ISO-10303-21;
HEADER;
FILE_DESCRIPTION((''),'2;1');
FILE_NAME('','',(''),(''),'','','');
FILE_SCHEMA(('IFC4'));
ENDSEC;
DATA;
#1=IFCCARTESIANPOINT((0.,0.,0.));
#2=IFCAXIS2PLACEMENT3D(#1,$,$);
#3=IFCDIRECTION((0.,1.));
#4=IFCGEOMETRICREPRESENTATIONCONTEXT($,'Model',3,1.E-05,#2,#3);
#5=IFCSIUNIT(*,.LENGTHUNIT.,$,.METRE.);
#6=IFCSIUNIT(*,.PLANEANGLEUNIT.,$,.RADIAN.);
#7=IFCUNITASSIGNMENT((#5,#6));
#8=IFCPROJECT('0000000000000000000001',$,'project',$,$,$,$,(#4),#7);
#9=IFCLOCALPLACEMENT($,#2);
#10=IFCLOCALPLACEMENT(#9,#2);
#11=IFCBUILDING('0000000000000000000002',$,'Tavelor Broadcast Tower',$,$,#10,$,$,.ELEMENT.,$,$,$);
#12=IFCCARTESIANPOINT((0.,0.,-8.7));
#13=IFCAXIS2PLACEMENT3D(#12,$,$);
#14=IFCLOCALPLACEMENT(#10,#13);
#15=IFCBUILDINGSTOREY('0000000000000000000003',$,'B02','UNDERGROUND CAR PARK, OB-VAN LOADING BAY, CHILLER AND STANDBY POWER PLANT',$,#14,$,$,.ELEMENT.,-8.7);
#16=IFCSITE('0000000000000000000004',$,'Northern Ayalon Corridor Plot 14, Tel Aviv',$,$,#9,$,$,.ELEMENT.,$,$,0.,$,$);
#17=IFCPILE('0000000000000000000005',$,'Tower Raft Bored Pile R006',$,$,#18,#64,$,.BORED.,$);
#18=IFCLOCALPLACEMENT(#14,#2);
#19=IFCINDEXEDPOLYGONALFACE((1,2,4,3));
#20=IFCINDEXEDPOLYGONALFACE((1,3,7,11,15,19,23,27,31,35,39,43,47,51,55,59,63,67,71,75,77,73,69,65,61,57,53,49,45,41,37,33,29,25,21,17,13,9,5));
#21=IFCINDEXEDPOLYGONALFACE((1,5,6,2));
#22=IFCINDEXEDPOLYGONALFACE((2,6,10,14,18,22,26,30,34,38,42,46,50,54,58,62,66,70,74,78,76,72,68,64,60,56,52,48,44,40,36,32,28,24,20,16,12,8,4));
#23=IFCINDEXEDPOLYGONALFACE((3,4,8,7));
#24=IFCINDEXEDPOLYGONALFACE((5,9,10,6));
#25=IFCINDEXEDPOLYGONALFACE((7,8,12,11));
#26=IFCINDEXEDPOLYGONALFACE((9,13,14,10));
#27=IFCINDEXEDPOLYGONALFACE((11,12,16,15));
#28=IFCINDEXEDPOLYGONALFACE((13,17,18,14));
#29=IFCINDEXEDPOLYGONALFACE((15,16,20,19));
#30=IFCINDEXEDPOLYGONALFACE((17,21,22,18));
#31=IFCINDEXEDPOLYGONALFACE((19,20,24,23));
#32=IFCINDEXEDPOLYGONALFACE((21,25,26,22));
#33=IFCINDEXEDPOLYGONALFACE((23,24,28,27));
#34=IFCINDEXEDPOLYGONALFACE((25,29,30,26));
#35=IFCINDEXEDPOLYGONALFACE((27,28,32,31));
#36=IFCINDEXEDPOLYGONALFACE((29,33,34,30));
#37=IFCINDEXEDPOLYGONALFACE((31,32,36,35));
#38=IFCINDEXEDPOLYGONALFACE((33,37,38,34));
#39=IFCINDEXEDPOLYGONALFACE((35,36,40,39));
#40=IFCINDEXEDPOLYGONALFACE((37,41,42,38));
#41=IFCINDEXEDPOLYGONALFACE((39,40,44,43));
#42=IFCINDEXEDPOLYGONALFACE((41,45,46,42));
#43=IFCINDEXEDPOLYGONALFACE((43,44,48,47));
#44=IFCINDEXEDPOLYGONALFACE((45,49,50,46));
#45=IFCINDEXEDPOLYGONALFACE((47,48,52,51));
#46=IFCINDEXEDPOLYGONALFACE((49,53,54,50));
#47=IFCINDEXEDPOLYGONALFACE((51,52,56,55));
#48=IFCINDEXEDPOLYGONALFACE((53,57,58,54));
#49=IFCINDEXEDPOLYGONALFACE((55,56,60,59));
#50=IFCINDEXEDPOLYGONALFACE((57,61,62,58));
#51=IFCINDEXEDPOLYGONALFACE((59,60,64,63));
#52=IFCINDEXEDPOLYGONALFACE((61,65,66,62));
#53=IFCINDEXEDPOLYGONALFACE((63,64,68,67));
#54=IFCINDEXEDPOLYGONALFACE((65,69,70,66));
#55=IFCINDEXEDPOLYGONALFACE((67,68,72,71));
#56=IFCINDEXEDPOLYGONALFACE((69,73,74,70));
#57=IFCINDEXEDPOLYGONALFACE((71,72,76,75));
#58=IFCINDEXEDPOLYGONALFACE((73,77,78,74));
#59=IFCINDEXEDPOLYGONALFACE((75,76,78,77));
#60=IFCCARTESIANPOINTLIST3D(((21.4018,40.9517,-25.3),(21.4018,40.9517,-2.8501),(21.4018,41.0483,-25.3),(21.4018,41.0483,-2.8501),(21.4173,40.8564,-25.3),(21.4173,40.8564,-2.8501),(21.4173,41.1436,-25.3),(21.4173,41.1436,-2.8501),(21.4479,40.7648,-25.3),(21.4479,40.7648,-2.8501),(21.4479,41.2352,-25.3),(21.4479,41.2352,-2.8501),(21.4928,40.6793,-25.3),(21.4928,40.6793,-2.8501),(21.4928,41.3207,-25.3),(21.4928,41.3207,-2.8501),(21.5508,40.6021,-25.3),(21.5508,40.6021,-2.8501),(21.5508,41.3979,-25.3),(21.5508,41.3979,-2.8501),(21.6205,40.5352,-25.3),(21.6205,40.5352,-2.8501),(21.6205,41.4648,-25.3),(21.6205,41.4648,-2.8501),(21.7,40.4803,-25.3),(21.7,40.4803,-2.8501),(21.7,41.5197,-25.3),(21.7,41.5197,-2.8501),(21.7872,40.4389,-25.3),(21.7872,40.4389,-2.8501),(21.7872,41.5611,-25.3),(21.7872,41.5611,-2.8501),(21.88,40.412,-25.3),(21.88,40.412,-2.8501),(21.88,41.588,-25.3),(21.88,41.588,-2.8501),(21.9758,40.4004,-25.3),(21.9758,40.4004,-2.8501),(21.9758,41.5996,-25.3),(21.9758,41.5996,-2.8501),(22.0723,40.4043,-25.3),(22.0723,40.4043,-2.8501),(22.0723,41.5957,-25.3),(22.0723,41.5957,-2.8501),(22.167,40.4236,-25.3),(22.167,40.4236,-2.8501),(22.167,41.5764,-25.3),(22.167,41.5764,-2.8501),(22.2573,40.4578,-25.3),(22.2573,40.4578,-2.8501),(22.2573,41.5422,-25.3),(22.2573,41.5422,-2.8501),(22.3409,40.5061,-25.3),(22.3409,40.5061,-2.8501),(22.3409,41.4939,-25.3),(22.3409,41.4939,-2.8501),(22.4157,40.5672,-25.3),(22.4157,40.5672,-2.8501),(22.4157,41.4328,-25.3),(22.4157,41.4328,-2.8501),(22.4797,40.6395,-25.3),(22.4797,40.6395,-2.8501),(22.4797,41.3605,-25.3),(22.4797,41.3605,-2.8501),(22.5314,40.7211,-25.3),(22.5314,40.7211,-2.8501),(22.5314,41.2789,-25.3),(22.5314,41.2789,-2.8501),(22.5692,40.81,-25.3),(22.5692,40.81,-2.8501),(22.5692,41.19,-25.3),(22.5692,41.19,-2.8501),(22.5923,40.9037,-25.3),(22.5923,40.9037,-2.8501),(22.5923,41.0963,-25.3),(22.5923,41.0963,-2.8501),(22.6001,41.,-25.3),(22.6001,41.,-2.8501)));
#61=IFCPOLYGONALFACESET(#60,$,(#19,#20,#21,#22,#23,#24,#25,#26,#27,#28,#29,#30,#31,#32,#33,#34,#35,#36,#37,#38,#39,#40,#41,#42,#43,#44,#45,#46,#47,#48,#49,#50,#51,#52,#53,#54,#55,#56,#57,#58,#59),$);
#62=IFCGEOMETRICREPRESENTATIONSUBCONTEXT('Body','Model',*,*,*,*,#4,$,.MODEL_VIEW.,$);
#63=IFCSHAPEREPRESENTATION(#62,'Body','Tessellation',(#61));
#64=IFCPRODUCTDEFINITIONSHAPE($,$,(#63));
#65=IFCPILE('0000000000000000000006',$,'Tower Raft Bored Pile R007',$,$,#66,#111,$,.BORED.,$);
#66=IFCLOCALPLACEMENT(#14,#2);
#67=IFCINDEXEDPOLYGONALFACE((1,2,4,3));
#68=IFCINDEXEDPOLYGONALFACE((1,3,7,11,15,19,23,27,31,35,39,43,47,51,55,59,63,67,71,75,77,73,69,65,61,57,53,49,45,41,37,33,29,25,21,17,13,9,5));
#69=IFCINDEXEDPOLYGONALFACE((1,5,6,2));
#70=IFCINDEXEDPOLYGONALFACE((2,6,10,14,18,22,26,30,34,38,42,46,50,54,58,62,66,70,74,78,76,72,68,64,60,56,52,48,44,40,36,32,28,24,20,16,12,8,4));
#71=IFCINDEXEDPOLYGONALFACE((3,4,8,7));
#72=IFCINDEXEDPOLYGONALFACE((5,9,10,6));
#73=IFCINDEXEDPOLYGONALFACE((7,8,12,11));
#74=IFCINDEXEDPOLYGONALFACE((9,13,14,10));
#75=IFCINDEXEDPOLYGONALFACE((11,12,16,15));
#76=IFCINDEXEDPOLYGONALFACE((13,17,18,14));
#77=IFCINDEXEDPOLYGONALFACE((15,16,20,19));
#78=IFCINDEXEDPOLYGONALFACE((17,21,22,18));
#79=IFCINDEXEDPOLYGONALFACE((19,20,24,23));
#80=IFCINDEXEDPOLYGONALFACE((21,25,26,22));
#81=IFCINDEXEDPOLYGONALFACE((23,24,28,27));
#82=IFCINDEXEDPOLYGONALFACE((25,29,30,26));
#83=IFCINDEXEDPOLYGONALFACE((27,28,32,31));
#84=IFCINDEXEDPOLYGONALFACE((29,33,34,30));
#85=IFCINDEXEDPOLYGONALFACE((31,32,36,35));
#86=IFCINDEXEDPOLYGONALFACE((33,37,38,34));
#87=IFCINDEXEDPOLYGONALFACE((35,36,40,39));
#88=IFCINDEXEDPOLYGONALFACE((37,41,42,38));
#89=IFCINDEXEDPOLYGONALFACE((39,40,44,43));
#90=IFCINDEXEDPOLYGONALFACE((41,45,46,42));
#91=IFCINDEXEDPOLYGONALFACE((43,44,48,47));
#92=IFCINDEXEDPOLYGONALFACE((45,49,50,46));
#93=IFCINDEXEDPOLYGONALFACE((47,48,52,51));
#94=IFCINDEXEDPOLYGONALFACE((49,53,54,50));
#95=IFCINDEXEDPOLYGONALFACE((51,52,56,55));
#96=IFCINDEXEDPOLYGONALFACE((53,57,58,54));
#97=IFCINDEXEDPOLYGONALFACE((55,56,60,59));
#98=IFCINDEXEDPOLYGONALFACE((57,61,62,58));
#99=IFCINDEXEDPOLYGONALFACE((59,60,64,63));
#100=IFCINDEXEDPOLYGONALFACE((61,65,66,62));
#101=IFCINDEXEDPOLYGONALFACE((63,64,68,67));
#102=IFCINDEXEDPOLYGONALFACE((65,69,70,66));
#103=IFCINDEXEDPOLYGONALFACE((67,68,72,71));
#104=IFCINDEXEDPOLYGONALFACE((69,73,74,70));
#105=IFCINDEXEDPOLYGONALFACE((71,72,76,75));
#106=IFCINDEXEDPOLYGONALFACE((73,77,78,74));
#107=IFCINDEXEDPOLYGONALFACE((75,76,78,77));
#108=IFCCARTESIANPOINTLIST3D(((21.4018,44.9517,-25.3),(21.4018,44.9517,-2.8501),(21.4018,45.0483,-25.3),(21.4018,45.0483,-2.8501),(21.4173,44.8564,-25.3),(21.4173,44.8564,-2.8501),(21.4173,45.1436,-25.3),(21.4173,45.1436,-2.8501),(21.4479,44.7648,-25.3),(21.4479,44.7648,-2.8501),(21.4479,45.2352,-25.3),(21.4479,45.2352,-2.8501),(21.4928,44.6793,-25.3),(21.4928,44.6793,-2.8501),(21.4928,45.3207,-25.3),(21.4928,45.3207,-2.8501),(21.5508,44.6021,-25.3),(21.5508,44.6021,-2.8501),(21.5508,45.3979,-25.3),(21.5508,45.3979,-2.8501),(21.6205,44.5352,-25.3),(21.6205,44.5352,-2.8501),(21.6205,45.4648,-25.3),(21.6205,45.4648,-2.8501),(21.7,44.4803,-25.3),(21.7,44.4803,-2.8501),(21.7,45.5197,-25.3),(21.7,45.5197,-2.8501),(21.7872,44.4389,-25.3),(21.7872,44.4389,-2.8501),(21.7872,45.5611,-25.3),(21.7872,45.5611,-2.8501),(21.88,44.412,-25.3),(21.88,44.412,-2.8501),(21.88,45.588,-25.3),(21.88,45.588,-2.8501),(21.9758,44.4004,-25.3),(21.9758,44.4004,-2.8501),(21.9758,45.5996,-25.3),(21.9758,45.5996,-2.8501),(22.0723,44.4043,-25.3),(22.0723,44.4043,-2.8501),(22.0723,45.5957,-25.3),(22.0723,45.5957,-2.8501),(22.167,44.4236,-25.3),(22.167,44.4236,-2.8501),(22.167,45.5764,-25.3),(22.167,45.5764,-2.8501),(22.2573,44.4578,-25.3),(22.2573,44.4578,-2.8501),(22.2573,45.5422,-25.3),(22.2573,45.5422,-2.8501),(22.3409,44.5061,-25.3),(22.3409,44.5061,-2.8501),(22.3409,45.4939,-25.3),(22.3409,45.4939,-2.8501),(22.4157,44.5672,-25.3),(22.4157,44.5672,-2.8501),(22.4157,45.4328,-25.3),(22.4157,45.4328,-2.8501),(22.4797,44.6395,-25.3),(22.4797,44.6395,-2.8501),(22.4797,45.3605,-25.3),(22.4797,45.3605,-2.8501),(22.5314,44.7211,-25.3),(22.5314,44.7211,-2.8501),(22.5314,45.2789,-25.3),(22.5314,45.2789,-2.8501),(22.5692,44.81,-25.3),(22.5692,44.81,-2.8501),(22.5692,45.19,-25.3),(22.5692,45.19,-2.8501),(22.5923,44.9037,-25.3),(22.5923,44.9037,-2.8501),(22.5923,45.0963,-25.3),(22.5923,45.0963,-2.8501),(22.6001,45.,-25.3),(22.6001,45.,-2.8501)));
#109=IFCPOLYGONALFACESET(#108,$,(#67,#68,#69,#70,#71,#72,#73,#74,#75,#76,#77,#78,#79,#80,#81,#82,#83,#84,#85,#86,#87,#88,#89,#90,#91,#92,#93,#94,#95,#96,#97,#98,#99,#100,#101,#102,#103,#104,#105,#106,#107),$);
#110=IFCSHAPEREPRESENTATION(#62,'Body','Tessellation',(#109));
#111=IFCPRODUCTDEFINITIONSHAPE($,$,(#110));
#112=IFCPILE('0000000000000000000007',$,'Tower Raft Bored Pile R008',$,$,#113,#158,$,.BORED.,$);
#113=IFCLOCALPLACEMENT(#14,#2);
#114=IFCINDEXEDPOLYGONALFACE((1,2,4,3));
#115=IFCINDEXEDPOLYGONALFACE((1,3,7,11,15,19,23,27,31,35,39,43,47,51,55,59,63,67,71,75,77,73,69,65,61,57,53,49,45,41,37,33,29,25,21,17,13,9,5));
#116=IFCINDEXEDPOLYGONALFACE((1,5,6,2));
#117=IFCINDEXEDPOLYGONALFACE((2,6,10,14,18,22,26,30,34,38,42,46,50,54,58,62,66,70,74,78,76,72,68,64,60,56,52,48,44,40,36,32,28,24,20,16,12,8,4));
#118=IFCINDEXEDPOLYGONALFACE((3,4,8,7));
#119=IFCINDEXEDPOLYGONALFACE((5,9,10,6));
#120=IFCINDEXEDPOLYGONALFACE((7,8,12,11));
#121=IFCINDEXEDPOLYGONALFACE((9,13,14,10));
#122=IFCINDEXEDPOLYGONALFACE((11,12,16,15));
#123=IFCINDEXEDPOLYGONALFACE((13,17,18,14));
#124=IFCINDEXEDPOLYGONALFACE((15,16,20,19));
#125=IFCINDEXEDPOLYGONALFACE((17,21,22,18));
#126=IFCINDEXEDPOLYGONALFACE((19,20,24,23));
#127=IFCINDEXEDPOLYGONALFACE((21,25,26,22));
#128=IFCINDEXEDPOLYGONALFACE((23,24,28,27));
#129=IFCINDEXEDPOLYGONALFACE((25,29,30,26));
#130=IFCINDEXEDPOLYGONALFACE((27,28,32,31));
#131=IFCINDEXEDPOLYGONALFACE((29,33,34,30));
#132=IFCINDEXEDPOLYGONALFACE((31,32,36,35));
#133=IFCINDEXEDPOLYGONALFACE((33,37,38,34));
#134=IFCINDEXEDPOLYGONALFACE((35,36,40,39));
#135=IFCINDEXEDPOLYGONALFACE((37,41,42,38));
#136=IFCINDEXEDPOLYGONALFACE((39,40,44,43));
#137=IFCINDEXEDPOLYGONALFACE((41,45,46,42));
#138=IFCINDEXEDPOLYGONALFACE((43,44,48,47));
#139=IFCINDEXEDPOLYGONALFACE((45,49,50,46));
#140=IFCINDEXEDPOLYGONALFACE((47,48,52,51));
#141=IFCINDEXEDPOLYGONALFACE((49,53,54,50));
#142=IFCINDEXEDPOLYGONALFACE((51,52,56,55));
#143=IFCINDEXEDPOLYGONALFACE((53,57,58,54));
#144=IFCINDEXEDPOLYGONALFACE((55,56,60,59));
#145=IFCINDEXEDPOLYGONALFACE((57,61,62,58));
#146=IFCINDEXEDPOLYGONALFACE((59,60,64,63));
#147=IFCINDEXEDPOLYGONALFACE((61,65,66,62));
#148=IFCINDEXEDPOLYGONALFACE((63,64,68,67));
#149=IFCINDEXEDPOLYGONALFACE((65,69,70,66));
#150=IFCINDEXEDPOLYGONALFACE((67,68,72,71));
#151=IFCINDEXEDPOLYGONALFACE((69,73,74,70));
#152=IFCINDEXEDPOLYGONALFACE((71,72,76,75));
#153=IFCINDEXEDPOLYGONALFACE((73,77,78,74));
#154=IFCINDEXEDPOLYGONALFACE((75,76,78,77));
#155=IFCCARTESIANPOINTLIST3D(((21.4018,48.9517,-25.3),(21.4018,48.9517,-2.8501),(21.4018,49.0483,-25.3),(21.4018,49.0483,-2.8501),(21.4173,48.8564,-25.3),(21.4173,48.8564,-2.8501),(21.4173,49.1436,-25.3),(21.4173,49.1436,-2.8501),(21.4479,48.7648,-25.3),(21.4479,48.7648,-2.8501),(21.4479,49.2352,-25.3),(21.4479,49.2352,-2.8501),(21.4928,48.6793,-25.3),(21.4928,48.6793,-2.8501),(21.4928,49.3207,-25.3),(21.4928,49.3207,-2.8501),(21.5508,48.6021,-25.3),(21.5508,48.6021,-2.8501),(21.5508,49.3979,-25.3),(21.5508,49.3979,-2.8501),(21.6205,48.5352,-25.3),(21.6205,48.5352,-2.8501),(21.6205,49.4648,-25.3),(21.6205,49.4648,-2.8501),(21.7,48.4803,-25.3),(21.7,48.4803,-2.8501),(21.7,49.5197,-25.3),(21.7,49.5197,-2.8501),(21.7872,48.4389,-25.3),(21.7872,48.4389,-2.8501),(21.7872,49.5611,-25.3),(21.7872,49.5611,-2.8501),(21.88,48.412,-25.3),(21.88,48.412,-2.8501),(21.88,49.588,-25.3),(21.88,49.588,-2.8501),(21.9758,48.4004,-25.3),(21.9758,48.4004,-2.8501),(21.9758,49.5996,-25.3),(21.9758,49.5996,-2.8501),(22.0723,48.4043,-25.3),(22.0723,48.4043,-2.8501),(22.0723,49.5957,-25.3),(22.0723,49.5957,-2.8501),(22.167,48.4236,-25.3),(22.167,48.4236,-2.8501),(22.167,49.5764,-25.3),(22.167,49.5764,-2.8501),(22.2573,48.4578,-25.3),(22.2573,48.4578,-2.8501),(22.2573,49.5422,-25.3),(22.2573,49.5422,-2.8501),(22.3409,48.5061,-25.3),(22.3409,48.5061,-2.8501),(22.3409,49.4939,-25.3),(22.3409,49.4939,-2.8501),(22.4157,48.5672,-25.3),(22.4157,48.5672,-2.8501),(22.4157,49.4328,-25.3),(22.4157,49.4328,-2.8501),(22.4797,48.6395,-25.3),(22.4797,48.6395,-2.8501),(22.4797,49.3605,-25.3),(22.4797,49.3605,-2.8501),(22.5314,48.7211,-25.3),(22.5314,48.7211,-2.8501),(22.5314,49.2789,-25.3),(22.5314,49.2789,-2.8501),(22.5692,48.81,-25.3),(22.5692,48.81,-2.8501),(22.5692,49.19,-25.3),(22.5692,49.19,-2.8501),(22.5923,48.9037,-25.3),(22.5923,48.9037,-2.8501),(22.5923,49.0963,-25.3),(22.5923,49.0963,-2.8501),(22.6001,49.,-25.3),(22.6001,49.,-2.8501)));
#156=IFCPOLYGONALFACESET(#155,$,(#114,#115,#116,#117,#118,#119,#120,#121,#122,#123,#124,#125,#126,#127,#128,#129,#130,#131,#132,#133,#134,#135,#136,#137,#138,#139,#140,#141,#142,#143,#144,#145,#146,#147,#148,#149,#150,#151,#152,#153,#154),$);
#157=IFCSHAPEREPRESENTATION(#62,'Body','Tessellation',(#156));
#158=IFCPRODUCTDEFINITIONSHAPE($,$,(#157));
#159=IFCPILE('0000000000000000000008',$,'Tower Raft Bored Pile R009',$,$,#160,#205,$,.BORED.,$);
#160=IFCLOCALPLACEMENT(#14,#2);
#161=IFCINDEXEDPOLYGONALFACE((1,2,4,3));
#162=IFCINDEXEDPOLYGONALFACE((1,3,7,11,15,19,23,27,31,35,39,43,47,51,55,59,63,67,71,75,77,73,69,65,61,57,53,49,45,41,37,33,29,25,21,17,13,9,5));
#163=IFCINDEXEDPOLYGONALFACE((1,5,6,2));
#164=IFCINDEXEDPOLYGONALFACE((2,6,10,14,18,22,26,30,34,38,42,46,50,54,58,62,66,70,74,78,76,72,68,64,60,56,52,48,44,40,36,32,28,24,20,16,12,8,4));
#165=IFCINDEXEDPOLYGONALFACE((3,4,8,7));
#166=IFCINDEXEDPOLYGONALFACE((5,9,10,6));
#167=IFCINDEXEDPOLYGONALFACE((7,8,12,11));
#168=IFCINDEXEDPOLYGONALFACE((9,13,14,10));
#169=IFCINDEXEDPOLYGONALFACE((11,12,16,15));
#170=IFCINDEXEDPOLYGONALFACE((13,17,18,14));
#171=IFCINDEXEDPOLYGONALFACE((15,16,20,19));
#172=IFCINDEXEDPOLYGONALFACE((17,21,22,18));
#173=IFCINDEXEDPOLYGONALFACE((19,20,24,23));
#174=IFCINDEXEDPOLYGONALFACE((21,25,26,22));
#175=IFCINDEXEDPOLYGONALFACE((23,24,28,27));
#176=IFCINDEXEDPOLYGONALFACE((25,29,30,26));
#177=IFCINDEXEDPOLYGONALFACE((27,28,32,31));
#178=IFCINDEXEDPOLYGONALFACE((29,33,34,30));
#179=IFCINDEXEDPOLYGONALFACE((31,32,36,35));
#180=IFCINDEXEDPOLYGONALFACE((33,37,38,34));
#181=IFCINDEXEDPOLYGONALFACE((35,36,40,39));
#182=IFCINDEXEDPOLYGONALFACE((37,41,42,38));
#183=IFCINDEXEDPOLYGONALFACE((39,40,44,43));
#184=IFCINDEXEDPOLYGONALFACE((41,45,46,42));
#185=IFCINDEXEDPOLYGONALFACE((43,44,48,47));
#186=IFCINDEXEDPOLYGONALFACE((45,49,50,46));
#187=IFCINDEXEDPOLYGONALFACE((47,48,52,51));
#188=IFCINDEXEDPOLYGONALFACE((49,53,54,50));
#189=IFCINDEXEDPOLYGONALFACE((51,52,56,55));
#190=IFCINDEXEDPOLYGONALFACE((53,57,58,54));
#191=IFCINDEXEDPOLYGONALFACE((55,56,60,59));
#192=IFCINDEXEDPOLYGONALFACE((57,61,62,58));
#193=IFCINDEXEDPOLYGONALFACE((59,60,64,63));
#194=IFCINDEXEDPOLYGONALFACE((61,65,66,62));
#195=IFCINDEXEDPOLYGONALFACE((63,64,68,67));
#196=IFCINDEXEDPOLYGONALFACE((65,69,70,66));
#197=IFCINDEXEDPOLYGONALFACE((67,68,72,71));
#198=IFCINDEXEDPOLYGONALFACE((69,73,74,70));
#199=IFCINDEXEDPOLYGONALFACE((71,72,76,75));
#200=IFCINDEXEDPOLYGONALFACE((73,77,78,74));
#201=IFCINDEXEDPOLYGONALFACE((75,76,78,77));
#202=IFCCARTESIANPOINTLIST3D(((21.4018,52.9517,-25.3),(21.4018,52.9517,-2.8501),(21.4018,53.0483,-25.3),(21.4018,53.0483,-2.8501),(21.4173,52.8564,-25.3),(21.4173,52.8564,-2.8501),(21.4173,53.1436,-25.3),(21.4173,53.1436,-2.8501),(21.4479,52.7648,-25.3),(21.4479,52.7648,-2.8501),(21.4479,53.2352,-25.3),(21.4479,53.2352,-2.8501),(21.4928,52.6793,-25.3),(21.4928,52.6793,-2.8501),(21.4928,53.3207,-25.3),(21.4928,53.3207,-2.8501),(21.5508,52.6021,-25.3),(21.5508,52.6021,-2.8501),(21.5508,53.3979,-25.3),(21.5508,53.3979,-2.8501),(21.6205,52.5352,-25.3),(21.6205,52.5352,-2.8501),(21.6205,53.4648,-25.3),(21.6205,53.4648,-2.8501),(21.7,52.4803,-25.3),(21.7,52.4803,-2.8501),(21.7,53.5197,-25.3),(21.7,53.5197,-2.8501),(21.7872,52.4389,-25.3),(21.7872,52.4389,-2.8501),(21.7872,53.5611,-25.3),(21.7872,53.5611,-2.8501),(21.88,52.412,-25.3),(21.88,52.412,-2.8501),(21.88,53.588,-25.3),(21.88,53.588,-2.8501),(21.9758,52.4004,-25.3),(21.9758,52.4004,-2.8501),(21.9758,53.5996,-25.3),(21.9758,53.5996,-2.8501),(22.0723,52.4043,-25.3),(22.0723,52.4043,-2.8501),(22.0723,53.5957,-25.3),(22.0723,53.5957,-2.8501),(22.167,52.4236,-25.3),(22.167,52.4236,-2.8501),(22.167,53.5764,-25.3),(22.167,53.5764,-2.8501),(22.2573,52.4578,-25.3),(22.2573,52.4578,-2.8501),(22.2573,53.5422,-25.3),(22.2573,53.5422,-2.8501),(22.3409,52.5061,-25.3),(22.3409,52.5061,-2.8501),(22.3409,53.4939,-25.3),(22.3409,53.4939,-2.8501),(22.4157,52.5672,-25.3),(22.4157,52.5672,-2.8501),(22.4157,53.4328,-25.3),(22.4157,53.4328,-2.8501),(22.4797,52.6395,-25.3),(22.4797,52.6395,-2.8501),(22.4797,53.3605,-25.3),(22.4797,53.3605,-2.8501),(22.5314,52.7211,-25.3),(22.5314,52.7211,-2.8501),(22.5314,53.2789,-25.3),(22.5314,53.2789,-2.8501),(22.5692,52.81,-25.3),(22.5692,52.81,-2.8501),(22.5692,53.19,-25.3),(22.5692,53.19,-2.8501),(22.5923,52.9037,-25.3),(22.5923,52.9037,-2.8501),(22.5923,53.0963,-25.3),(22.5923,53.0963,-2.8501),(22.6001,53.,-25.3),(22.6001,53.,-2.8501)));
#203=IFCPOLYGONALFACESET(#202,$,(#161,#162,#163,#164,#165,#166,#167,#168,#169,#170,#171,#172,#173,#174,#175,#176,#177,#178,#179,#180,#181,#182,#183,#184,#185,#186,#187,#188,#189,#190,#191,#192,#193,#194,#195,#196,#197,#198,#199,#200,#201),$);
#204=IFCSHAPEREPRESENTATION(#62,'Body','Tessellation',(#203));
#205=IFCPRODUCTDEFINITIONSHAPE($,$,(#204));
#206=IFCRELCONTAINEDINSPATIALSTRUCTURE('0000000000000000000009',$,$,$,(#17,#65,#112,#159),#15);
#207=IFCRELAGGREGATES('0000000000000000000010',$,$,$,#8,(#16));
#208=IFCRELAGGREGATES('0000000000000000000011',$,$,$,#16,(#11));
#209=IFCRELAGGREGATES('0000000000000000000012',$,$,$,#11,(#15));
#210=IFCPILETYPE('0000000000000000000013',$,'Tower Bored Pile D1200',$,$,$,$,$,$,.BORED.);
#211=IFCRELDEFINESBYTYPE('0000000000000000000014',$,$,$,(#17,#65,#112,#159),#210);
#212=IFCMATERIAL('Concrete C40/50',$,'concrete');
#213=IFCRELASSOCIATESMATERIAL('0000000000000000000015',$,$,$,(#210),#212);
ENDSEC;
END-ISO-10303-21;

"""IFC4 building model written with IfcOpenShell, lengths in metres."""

from ifc_helpers import new_model, si_unit, direction, frame, origin, origin_2d, place, context, subcontext, project, spatial, circle, extrude, material, material_profile, profile_set, type_object, element, save


model = new_model("IFC4")

# Units and contexts
model_context = context("Model", 3, precision=1e-05, world=origin(), true_north=direction((0.0, 1.0)))
body_context = subcontext(model_context, "Body", "Model", "MODEL_VIEW")
ifc_project = project(units=[si_unit("LENGTHUNIT", "METRE"), si_unit("PLANEANGLEUNIT", "RADIAN")], contexts=[model_context])

# Site, building, storey
site_placement = place(None, origin())
site = spatial("IfcSite", under=ifc_project, at=site_placement, Name="Northern Ayalon Corridor Plot 14, Tel Aviv", CompositionType="ELEMENT", RefElevation=0.0)
building_placement = place(site_placement, origin())
building = spatial("IfcBuilding", under=site, at=building_placement, Name="Tavelor Broadcast Tower", CompositionType="ELEMENT")
storey_placement = place(building_placement, frame((0.0, 0.0, -8.7)))
storey = spatial("IfcBuildingStorey", under=building, at=storey_placement, Name="B02", Description="UNDERGROUND CAR PARK, OB-VAN LOADING BAY, CHILLER AND STANDBY POWER PLANT", CompositionType="ELEMENT", Elevation=-8.7)

# Piles
ifc_material_1 = material(Name="Concrete C40/50", Category="concrete")
ifc_material_profile_1 = material_profile(ifc_material_1, circle(Radius=0.6001, at=origin_2d()), Name="PILE D1200")
ifc_profile_set_1 = profile_set([ifc_material_profile_1], Name="Concrete C40/50")
pile_type = type_object("IfcPileType", Name="Tower Bored Pile D1200", PredefinedType="BORED", material=ifc_profile_set_1)
for number, where, z_axis, x_axis, name in (
    (1, (22.0, 41.0, -2.8501), (0.0, 0.0, -1.0), (1.0, 0.0, 0.0), "Tower Raft Bored Pile R006"),
    (2, (22.0, 45.0, -2.8501), (0.0, 0.0, -1.0), (1.0, 0.0, 0.0), "Tower Raft Bored Pile R007"),
    (3, (22.0, 49.0, -2.8501), (0.0, 0.0, -1.0), (1.0, 0.0, 0.0), "Tower Raft Bored Pile R008"),
    (4, (22.0, 53.0, -2.8501), (0.0, 0.0, -1.0), (1.0, 0.0, 0.0), "Tower Raft Bored Pile R009"),
):
    element("IfcPile", number, at=place(storey_placement, frame(where, z_axis=z_axis, x_axis=x_axis)), inside=storey, type_object=pile_type, Name=name, PredefinedType="BORED", context=body_context, shape_type="SweptSolid", body=[
        extrude(circle(Radius=0.6001, at=origin_2d()), origin(), (0.0, 0.0, 1.0), 22.45),
    ])

save(model, "model.ifc")
